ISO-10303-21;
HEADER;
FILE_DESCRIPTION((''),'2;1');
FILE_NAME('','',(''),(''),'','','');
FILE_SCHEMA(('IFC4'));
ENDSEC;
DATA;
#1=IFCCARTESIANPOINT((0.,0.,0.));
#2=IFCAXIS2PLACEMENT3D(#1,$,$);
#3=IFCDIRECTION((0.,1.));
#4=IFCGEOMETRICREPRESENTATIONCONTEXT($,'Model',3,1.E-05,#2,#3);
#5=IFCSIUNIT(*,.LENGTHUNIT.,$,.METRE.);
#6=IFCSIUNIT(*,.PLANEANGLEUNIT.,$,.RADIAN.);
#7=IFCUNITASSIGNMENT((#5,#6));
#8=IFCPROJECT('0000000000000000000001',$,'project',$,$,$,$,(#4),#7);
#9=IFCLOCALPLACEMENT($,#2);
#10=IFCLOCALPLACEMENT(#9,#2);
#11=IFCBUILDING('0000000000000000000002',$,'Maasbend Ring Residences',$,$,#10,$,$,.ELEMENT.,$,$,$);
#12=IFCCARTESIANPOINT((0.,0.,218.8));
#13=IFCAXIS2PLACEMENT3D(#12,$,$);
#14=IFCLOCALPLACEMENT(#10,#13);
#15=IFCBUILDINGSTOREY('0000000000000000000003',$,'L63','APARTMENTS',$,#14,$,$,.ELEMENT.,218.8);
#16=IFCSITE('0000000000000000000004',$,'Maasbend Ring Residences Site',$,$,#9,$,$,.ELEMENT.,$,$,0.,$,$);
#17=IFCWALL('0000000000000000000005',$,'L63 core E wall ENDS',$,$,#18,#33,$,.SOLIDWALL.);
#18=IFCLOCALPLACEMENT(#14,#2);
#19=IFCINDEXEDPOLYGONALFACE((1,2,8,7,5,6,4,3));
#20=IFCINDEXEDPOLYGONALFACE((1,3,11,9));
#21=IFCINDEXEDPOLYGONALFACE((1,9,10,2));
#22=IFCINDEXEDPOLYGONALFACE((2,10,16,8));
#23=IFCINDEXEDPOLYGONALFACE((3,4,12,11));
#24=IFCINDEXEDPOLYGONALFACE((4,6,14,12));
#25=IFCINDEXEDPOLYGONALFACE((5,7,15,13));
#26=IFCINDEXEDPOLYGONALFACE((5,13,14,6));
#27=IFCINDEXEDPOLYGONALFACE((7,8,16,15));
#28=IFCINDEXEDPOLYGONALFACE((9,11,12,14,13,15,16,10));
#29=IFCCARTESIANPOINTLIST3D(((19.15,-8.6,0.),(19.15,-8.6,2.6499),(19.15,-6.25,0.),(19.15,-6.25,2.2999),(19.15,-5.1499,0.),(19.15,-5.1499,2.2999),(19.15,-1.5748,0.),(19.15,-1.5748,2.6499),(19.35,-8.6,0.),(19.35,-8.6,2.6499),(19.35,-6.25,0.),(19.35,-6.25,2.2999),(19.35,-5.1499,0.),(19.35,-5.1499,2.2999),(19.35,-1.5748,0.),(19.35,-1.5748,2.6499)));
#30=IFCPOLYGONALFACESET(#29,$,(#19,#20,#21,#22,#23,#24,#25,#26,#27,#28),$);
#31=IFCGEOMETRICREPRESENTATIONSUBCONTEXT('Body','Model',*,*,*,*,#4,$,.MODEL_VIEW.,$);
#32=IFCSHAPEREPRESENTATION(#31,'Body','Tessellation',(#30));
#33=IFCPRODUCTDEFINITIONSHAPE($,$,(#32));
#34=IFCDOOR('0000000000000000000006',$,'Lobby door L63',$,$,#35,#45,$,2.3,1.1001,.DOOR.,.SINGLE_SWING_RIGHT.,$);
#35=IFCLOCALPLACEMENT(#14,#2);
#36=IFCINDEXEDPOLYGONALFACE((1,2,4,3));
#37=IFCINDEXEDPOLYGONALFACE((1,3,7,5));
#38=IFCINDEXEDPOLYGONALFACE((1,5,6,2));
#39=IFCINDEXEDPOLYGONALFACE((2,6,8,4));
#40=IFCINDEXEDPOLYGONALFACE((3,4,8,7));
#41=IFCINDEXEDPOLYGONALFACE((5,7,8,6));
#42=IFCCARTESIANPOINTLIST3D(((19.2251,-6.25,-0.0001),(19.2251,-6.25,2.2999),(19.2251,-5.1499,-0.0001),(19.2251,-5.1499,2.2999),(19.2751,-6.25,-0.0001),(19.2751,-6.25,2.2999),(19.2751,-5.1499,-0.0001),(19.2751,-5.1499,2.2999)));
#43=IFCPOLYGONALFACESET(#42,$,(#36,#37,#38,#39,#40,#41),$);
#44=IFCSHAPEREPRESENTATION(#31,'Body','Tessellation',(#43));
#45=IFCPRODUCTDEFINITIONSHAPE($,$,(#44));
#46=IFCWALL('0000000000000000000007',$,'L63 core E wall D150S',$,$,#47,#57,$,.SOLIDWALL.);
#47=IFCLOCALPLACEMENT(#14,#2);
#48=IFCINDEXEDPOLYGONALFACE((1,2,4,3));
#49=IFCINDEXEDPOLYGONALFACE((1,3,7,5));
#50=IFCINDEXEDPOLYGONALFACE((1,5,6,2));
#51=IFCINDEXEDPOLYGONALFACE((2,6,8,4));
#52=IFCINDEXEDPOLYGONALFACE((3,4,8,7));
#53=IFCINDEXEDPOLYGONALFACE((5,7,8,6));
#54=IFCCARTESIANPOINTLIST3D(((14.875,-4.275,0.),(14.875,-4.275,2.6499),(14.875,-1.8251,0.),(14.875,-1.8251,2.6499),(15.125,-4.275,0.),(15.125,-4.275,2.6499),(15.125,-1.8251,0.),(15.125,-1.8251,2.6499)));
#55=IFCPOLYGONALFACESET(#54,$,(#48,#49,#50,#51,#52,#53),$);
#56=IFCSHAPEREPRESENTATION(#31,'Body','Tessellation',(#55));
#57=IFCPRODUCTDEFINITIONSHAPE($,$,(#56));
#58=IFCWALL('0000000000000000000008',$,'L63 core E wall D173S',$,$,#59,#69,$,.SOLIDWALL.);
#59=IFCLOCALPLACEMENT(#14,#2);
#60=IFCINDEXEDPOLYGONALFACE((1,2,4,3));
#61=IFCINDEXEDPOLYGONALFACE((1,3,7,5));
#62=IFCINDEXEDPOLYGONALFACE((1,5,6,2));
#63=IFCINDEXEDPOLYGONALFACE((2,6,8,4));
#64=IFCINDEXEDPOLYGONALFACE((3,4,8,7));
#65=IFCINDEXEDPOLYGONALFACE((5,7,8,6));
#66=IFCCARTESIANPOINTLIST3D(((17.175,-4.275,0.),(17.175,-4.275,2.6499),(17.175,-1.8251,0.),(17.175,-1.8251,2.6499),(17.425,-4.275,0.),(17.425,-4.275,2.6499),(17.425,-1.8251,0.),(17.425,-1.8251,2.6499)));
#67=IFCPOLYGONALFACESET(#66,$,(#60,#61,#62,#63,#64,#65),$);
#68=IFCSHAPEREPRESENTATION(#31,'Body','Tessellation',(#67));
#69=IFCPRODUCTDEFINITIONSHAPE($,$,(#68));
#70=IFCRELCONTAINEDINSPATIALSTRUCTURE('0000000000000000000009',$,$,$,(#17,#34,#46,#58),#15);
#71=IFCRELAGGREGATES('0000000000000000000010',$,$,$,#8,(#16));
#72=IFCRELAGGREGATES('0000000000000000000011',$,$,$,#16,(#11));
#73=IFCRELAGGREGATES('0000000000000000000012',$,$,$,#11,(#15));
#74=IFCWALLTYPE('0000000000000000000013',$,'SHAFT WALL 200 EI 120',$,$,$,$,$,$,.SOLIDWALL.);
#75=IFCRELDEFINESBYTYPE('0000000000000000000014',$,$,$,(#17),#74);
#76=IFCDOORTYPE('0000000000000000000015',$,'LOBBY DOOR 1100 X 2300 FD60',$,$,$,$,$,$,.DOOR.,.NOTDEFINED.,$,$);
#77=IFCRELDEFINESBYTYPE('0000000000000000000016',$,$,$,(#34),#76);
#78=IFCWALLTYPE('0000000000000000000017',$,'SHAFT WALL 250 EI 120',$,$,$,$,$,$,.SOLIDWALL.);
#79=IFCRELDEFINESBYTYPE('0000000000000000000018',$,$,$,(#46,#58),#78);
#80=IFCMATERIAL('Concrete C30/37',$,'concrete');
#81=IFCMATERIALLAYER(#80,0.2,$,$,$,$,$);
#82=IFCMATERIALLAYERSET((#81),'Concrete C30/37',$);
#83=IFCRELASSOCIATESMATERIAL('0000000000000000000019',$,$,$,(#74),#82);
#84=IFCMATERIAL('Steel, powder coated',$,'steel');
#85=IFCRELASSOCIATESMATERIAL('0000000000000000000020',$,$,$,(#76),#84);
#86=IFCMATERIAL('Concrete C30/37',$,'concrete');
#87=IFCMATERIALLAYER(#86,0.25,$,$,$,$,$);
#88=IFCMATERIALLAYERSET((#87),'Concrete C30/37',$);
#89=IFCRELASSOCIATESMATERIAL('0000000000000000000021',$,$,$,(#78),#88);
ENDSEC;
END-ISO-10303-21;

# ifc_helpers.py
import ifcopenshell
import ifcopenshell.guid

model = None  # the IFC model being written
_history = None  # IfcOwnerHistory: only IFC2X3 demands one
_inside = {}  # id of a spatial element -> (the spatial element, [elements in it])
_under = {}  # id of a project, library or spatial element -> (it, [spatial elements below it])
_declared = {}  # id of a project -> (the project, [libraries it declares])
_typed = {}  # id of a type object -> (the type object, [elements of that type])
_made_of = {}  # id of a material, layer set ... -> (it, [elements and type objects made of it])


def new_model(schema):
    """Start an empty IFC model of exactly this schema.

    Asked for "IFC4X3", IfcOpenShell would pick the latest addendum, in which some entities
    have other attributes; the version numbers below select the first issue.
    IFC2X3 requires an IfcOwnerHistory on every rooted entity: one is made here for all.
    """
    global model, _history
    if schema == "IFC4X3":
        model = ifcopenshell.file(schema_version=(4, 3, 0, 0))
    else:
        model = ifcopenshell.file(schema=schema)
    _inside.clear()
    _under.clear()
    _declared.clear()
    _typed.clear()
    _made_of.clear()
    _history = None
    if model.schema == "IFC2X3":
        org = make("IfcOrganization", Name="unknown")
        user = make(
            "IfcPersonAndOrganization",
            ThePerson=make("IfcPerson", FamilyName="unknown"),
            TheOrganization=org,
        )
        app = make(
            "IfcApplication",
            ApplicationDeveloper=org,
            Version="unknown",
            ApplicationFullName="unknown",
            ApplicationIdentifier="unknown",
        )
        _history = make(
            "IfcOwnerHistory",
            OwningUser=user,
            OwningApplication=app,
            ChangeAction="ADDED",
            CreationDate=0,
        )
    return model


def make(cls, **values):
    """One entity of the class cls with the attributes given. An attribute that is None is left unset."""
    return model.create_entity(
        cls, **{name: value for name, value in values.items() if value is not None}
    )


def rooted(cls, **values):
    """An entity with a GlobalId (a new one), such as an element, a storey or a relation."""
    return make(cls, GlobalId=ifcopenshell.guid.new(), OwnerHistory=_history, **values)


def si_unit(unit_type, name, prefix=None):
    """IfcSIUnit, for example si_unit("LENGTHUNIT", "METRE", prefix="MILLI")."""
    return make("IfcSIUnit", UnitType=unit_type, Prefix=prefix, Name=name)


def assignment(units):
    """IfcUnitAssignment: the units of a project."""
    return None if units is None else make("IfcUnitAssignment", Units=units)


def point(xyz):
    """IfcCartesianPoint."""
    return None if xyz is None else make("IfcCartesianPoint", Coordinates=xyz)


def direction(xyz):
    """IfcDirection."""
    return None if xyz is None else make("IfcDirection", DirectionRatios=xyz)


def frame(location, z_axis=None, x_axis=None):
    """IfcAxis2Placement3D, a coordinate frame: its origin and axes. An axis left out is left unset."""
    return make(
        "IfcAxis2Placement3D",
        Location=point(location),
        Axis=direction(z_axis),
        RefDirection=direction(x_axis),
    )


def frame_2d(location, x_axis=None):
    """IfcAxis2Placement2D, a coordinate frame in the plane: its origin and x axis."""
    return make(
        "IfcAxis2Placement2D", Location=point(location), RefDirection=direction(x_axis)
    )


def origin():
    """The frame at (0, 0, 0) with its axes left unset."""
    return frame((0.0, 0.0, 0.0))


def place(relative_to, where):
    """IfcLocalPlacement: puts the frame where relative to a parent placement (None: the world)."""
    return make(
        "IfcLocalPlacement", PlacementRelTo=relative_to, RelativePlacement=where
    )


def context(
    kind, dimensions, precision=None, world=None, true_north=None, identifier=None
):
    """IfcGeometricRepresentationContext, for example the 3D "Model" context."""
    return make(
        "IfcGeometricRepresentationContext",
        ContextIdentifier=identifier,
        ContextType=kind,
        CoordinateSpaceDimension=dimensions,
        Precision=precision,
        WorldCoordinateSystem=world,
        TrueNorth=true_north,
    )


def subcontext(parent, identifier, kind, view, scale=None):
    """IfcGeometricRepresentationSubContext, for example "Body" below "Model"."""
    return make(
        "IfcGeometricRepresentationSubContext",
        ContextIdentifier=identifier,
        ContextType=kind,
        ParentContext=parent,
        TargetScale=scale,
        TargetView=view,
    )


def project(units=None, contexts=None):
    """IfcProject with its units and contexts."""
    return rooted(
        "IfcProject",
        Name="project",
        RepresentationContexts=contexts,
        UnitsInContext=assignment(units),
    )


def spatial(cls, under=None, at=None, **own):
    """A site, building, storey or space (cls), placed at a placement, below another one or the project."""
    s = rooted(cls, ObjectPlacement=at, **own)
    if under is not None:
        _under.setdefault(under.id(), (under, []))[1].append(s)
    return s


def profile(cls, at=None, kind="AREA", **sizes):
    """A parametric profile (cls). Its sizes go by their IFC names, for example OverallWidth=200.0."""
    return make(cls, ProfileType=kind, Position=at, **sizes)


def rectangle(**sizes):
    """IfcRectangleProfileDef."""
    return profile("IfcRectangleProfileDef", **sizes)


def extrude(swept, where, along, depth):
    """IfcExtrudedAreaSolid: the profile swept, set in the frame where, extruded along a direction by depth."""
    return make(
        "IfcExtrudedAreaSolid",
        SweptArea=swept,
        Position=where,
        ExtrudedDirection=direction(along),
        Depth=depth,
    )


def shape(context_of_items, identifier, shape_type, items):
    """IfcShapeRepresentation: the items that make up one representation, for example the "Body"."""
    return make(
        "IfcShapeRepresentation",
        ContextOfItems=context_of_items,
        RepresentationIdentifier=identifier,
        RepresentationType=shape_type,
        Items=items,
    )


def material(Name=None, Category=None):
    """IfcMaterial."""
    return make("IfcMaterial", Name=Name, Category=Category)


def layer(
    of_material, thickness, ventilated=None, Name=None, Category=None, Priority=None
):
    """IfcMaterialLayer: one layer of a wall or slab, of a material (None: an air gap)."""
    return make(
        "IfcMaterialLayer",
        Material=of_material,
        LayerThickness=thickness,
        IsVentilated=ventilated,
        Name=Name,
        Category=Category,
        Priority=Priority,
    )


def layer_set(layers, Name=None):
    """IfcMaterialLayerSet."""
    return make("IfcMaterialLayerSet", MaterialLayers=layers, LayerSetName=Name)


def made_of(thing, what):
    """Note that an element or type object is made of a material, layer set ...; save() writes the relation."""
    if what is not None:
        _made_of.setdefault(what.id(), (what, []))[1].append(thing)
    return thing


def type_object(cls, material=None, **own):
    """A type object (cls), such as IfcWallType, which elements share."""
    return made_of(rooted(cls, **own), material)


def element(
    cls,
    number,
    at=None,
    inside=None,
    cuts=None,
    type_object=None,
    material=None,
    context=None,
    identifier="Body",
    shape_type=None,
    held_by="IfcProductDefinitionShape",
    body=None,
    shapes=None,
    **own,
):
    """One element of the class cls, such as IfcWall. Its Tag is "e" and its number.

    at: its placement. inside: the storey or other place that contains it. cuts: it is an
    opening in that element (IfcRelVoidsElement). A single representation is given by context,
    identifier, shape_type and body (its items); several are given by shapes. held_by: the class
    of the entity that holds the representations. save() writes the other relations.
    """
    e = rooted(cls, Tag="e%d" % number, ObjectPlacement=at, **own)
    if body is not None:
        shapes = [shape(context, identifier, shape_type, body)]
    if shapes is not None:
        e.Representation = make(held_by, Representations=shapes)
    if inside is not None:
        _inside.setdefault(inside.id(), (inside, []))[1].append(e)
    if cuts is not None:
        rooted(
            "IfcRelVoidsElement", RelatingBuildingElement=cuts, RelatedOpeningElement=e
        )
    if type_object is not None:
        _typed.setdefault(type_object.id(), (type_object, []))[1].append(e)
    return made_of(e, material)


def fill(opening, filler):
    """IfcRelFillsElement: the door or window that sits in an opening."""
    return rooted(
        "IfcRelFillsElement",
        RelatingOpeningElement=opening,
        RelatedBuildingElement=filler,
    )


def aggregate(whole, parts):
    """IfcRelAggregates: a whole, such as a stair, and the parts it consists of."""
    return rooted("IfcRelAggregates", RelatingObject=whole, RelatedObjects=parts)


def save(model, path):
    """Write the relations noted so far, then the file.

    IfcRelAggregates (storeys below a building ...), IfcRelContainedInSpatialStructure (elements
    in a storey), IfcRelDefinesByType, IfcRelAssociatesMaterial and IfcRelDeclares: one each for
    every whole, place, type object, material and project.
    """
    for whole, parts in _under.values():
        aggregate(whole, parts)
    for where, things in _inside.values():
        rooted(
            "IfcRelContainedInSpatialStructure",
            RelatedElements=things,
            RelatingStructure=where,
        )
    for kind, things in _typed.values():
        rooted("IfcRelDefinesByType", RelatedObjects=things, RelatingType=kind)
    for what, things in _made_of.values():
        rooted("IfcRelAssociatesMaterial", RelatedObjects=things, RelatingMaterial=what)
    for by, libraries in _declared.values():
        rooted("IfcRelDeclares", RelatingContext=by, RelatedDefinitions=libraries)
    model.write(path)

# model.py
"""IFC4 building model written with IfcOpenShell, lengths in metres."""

from ifc_helpers import new_model, si_unit, direction, frame, frame_2d, origin, place, context, subcontext, project, spatial, rectangle, extrude, material, layer, layer_set, type_object, element, fill, save


model = new_model("IFC4")

# Units and contexts
model_context = context("Model", 3, precision=1e-05, world=origin(), true_north=direction((0.0, 1.0)))
body_context = subcontext(model_context, "Body", "Model", "MODEL_VIEW")
ifc_project = project(units=[si_unit("LENGTHUNIT", "METRE"), si_unit("PLANEANGLEUNIT", "RADIAN")], contexts=[model_context])

# Site, building, storey
site_placement = place(None, origin())
site = spatial("IfcSite", under=ifc_project, at=site_placement, Name="Maasbend Ring Residences Site", CompositionType="ELEMENT", RefElevation=0.0)
building_placement = place(site_placement, origin())
building = spatial("IfcBuilding", under=site, at=building_placement, Name="Maasbend Ring Residences", CompositionType="ELEMENT")
storey_placement = place(building_placement, frame((0.0, 0.0, 218.8)))
storey = spatial("IfcBuildingStorey", under=building, at=storey_placement, Name="L63", Description="APARTMENTS", CompositionType="ELEMENT", Elevation=218.8)

# Wall, opening, door
ifc_material_1 = material(Name="Concrete C30/37", Category="concrete")
ifc_layer_1 = layer(ifc_material_1, 0.2)
ifc_layer_set_1 = layer_set([ifc_layer_1], Name="Concrete C30/37")
wall_type_1 = type_object("IfcWallType", Name="SHAFT WALL 200 EI 120", PredefinedType="SOLIDWALL", material=ifc_layer_set_1)
wall_1_placement = place(storey_placement, frame((19.25, -8.6001, 0.0), z_axis=(0.0, 0.0, 1.0), x_axis=(0.0, 1.0, 0.0)))
wall_1 = element("IfcWall", 1, at=wall_1_placement, inside=storey, type_object=wall_type_1, Name="L63 core E wall ENDS", PredefinedType="SOLIDWALL", context=body_context, shape_type="SweptSolid", body=[
    extrude(rectangle(XDim=7.0251, YDim=0.2, at=frame_2d((3.5127, 0.0))), origin(), (0.0, 0.0, 1.0), 2.6499),
])
opening_1_placement = place(wall_1_placement, frame((2.3501, 0.0, 0.0)))
opening_1 = element("IfcOpeningElement", 2, at=opening_1_placement, cuts=wall_1, PredefinedType="OPENING", context=body_context, shape_type="SweptSolid", body=[
    extrude(rectangle(XDim=1.1001, YDim=2.3, at=frame_2d((0.55, 1.1499))), frame((0.0, 0.1099, 0.0), z_axis=(0.0, -1.0, 0.0), x_axis=(1.0, 0.0, 0.0)), (0.0, 0.0, 1.0), 0.22),
])
ifc_material_2 = material(Name="Steel, powder coated", Category="steel")
door_type_1 = type_object("IfcDoorType", Name="LOBBY DOOR 1100 X 2300 FD60", OperationType="NOTDEFINED", PredefinedType="DOOR", material=ifc_material_2)
door_1_placement = place(opening_1_placement, origin())
door_1 = element("IfcDoor", 3, at=door_1_placement, inside=storey, type_object=door_type_1, Name="Lobby door L63", OperationType="SINGLE_SWING_RIGHT", OverallHeight=2.3, OverallWidth=1.1001, PredefinedType="DOOR", context=body_context, shape_type="SweptSolid", body=[
    extrude(rectangle(XDim=1.1001, YDim=2.3, at=frame_2d((0.55, 1.1499))), frame((0.0, 0.0249, 0.0), z_axis=(0.0, -1.0, 0.0), x_axis=(1.0, 0.0, 0.0)), (0.0, 0.0, 1.0), 0.05),
])
fill(opening_1, door_1)

# Walls
ifc_material_3 = material(Name="Concrete C30/37", Category="concrete")
ifc_layer_2 = layer(ifc_material_3, 0.25)
ifc_layer_set_2 = layer_set([ifc_layer_2], Name="Concrete C30/37")
wall_type_2 = type_object("IfcWallType", Name="SHAFT WALL 250 EI 120", PredefinedType="SOLIDWALL", material=ifc_layer_set_2)
for number, where, z_axis, x_axis, name in (
    (4, (15.0, -1.825, 0.0), (0.0, 0.0, 1.0), (0.0, -1.0, 0.0), "L63 core E wall D150S"),
    (5, (17.3, -1.825, 0.0), (0.0, 0.0, 1.0), (0.0, -1.0, 0.0), "L63 core E wall D173S"),
):
    element("IfcWall", number, at=place(storey_placement, frame(where, z_axis=z_axis, x_axis=x_axis)), inside=storey, type_object=wall_type_2, Name=name, PredefinedType="SOLIDWALL", context=body_context, shape_type="SweptSolid", body=[
        extrude(rectangle(XDim=2.45, YDim=0.25, at=frame_2d((1.2251, 0.0))), origin(), (0.0, 0.0, 1.0), 2.6499),
    ])

save(model, "model.ifc")
